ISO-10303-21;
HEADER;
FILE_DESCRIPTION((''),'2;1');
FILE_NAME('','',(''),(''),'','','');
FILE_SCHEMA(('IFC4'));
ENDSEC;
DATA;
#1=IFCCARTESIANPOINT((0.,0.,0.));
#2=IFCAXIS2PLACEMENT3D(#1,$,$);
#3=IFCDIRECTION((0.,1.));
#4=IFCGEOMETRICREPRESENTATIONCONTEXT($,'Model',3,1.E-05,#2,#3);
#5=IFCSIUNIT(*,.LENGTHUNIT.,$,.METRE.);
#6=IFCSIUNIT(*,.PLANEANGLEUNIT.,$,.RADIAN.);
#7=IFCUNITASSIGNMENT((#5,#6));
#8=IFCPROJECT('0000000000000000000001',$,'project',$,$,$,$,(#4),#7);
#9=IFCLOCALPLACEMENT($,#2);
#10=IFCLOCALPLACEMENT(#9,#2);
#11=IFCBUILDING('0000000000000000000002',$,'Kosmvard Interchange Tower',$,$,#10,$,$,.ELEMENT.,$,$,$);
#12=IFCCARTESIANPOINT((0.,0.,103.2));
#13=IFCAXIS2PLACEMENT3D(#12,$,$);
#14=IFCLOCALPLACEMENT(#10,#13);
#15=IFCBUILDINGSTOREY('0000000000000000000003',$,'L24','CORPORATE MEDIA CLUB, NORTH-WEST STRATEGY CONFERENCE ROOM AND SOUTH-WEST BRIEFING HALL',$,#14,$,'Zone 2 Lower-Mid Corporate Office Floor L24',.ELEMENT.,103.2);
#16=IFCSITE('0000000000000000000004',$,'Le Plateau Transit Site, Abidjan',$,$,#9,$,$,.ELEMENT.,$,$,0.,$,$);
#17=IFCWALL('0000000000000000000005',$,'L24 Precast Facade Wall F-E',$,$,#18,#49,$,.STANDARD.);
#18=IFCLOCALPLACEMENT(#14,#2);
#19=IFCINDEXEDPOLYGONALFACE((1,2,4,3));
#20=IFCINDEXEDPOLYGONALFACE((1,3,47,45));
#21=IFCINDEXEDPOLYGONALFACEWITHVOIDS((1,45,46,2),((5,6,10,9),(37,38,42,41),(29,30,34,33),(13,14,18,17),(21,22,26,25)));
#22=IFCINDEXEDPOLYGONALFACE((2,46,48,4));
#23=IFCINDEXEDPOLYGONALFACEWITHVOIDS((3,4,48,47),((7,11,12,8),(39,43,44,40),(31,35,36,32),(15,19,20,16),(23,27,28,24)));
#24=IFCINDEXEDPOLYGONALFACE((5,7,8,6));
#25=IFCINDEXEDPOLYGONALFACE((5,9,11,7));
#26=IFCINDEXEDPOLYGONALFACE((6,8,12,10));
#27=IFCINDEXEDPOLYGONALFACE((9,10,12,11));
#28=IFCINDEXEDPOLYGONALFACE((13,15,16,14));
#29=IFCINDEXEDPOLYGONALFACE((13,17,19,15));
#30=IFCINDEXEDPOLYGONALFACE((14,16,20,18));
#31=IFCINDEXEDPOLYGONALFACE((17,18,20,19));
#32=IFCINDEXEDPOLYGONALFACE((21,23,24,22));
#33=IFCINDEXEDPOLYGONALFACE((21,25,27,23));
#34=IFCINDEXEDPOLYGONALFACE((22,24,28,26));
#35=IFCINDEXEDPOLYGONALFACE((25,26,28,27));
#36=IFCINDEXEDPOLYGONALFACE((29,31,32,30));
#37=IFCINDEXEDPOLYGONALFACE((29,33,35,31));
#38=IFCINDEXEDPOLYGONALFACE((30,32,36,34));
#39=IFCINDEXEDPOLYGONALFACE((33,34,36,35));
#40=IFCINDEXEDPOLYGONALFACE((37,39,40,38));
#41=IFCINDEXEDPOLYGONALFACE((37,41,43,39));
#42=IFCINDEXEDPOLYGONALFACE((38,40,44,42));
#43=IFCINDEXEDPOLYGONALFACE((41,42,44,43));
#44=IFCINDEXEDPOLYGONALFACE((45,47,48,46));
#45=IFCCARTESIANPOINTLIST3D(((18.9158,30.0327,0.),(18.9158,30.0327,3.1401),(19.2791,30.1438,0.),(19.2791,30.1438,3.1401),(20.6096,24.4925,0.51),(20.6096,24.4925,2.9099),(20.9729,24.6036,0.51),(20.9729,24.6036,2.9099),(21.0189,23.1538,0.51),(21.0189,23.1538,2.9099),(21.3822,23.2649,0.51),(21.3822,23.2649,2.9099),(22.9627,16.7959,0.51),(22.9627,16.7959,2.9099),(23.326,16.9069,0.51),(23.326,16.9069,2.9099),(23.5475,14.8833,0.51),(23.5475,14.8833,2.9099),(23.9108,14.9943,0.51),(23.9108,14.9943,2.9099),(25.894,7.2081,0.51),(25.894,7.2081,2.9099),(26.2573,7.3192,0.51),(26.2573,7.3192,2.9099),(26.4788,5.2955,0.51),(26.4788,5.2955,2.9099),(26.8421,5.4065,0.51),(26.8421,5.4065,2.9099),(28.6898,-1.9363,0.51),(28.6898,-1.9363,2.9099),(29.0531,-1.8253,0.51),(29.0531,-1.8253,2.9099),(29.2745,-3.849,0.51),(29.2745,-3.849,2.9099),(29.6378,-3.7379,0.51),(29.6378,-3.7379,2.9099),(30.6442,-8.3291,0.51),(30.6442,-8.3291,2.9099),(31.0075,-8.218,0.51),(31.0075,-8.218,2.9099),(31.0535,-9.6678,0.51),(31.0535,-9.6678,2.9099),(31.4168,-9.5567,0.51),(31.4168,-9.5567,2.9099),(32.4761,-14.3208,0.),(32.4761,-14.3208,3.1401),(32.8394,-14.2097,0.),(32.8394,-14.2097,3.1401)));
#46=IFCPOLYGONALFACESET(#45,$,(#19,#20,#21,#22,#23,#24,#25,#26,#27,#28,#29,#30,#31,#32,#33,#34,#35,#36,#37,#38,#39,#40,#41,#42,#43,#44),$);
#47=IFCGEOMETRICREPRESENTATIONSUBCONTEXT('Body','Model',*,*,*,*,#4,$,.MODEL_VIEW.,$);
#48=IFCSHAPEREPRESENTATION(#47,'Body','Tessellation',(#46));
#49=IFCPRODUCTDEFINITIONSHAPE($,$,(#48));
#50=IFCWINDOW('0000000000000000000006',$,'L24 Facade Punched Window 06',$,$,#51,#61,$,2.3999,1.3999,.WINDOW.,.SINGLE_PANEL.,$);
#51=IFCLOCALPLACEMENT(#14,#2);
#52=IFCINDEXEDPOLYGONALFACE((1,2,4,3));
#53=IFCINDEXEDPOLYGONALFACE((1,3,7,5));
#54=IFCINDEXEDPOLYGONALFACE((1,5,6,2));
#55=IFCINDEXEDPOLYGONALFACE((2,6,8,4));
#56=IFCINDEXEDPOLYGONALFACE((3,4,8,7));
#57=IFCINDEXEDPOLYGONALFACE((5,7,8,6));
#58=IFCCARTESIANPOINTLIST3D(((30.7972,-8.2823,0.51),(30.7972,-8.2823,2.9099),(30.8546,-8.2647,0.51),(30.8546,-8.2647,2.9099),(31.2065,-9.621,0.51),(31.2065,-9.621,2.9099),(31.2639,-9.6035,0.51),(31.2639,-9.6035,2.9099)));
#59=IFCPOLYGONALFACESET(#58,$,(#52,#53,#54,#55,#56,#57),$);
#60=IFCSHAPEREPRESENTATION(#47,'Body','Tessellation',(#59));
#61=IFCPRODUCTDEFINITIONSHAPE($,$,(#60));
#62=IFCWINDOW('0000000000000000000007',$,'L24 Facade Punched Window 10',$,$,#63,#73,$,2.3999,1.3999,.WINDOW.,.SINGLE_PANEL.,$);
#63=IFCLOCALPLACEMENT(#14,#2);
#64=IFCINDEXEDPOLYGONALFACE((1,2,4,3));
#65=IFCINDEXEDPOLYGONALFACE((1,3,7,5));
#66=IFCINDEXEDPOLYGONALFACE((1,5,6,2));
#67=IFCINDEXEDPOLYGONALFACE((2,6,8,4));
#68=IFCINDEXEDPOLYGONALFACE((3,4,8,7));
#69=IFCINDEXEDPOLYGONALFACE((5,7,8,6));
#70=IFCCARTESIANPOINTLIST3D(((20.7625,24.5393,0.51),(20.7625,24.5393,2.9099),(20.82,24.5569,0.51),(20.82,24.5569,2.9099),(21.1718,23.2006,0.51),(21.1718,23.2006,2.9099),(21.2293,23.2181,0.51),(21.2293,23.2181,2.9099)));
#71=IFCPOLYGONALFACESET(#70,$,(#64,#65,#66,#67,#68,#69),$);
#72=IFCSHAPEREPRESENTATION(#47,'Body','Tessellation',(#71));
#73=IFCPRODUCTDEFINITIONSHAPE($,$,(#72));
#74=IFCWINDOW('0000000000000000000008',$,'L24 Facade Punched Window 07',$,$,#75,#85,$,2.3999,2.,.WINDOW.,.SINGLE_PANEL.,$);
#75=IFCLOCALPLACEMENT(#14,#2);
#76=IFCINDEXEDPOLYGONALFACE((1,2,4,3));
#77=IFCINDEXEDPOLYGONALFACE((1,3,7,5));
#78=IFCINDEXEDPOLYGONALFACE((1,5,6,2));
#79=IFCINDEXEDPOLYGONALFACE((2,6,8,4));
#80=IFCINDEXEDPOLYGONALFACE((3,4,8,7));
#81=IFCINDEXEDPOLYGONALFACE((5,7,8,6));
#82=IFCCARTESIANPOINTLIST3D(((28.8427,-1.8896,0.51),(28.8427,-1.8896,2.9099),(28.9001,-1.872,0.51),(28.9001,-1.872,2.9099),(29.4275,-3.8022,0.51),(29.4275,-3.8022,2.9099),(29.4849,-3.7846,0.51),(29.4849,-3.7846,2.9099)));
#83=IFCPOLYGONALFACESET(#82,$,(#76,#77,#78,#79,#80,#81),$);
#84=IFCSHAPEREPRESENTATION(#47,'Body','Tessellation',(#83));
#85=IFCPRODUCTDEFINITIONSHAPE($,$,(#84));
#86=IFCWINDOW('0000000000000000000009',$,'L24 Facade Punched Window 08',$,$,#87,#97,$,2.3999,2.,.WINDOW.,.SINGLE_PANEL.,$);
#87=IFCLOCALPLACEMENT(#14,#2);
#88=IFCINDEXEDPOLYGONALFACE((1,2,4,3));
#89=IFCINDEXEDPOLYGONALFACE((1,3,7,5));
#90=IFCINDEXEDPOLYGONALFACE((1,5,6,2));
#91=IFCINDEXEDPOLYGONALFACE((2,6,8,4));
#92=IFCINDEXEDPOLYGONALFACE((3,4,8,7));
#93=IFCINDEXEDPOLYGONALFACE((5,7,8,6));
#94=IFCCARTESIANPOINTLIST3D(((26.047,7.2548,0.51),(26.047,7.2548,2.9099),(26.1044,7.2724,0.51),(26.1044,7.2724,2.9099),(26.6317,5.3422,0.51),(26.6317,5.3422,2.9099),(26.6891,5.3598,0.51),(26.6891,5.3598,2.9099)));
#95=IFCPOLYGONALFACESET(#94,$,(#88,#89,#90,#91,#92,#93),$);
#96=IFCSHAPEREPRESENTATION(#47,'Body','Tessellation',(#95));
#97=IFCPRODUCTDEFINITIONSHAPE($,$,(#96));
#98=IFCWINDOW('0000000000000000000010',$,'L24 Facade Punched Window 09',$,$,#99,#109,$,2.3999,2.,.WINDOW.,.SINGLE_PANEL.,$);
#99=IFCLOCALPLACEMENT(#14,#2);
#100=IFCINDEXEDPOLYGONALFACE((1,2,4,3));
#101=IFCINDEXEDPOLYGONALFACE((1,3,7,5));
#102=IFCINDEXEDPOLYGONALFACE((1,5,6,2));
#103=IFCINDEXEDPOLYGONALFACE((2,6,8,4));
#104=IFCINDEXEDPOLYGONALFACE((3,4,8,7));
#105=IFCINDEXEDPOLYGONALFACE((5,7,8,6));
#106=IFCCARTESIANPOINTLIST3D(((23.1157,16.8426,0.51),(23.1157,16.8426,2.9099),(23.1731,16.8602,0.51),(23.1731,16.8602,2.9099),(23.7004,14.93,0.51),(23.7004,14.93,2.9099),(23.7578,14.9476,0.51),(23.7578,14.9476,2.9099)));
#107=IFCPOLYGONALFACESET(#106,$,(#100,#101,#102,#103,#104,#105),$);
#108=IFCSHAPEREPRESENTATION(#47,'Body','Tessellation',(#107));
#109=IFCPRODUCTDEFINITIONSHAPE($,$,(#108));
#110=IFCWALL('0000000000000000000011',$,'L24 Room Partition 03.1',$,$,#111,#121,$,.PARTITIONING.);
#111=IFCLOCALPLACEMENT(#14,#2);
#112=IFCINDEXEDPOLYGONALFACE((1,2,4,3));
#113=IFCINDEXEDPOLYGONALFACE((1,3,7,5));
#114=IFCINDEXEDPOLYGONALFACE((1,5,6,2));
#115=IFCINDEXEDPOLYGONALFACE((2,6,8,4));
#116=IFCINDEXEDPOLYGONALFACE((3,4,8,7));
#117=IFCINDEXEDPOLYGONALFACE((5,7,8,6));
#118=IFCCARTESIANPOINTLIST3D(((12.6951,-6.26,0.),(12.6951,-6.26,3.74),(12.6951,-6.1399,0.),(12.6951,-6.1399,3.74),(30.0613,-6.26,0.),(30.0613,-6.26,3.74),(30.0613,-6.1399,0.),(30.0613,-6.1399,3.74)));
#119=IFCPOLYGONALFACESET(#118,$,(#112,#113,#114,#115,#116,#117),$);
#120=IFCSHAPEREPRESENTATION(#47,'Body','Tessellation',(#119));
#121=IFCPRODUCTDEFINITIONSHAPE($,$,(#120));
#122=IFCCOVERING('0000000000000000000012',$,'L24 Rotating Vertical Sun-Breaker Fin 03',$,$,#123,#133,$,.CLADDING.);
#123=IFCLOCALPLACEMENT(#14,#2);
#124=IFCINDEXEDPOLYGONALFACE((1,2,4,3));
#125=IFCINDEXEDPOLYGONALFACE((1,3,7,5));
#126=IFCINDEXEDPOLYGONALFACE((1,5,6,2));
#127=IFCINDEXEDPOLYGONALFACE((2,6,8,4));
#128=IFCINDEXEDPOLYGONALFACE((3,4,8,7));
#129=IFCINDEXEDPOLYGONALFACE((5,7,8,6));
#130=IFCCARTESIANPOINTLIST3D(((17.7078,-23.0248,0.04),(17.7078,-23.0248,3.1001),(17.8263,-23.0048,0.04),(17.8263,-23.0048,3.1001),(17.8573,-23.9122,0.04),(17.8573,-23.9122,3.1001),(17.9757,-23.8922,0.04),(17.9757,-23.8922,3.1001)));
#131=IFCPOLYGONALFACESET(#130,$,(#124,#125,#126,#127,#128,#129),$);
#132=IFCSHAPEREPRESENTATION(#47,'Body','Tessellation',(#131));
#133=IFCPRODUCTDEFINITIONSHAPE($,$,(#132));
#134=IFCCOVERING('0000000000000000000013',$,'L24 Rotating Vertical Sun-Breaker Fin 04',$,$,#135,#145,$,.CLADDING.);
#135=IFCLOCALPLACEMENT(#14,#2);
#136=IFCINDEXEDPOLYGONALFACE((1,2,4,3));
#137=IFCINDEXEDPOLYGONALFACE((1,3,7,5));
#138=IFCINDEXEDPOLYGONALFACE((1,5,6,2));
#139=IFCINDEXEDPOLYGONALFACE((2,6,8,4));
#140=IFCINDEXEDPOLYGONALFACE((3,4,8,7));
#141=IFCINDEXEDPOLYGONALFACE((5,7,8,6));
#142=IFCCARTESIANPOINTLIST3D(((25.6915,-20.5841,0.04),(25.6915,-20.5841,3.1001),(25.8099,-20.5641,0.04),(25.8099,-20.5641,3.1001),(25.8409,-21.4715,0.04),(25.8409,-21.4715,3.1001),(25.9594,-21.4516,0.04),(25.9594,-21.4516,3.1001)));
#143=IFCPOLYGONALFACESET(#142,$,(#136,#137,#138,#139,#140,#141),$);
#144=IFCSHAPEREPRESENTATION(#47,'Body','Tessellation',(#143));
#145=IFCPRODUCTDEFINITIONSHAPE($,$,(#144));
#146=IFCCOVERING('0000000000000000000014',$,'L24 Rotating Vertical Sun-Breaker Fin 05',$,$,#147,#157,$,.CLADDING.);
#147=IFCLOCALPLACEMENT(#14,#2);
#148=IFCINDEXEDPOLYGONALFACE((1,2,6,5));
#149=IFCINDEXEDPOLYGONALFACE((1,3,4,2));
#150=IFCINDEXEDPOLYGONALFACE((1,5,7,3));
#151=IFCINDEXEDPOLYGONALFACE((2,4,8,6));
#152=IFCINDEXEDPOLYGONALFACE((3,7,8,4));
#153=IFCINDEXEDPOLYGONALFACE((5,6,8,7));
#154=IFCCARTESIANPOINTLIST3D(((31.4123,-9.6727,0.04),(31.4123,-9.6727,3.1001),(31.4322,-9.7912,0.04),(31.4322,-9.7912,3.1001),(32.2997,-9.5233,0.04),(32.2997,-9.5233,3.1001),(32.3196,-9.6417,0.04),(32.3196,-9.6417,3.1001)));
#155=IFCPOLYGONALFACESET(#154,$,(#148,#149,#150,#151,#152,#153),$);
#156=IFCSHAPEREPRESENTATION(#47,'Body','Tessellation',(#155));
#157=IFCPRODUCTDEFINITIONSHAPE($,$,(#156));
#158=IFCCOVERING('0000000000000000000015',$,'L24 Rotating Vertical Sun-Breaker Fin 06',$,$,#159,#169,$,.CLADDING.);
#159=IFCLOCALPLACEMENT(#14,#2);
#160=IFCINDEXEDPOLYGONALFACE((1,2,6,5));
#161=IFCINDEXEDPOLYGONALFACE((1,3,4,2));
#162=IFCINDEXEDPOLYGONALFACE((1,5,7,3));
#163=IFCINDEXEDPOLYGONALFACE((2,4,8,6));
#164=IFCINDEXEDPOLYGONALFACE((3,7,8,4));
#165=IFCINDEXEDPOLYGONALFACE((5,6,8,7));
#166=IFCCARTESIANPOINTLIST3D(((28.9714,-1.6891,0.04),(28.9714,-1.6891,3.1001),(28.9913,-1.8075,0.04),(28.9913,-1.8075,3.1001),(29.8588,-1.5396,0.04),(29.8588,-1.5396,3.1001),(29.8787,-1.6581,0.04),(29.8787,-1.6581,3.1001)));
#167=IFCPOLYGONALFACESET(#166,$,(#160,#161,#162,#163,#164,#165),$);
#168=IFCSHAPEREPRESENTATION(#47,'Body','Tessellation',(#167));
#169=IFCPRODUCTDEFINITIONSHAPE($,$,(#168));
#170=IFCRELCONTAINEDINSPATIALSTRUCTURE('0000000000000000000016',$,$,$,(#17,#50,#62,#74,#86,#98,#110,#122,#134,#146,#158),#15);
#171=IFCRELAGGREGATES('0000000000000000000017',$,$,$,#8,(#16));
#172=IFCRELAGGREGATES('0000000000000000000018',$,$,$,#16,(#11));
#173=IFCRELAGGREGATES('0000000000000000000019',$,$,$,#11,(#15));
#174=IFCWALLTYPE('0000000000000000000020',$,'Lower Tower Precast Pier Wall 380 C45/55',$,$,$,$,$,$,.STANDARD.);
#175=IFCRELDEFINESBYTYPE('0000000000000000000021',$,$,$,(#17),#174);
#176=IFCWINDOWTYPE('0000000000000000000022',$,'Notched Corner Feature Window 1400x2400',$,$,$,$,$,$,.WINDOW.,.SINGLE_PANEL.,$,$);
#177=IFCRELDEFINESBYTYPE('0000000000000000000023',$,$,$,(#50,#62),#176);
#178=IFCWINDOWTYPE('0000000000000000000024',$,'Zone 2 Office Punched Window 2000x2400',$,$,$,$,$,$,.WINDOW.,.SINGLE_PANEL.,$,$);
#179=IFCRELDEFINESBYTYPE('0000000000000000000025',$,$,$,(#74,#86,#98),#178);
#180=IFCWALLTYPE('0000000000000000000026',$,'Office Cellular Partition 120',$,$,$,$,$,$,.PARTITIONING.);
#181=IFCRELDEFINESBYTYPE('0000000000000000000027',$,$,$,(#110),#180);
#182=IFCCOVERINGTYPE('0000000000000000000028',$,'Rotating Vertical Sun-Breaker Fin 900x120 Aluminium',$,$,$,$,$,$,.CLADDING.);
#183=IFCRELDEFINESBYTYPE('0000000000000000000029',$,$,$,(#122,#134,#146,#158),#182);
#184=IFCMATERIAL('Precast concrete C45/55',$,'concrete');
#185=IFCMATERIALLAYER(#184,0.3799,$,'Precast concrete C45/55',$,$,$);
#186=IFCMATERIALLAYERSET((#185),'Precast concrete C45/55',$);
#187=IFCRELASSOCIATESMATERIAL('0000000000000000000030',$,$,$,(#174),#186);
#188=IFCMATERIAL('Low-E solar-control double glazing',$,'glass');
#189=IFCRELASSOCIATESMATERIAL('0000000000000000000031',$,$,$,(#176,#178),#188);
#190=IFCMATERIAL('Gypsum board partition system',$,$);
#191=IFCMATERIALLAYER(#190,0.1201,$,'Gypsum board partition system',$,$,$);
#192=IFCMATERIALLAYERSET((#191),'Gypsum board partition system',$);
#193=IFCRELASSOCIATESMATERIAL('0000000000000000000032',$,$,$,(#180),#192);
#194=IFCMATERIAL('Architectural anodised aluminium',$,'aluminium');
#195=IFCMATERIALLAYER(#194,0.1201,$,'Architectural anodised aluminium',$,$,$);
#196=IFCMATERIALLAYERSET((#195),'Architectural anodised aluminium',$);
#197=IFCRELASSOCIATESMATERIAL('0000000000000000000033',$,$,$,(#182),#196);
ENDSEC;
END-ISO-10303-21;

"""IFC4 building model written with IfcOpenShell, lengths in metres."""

from ifc_helpers import new_model, si_unit, direction, frame, frame_2d, origin, origin_2d, place, context, subcontext, project, spatial, rectangle, extrude, source, transform, mapped, material, layer, layer_set, type_object, element, fill, save


model = new_model("IFC4")

# Units and contexts
model_context = context("Model", 3, precision=1e-05, world=origin(), true_north=direction((0.0, 1.0)))
body_context = subcontext(model_context, "Body", "Model", "MODEL_VIEW")
ifc_project = project(units=[si_unit("LENGTHUNIT", "METRE"), si_unit("PLANEANGLEUNIT", "RADIAN")], contexts=[model_context])

# Site, building, storey
site_placement = place(None, origin())
site = spatial("IfcSite", under=ifc_project, at=site_placement, Name="Le Plateau Transit Site, Abidjan", CompositionType="ELEMENT", RefElevation=0.0)
building_placement = place(site_placement, origin())
building = spatial("IfcBuilding", under=site, at=building_placement, Name="Kosmvard Interchange Tower", CompositionType="ELEMENT")
storey_placement = place(building_placement, frame((0.0, 0.0, 103.2)))
storey = spatial("IfcBuildingStorey", under=building, at=storey_placement, Name="L24", Description="CORPORATE MEDIA CLUB, NORTH-WEST STRATEGY CONFERENCE ROOM AND SOUTH-WEST BRIEFING HALL", LongName="Zone 2 Lower-Mid Corporate Office Floor L24", CompositionType="ELEMENT", Elevation=103.2)

# Shared definitions
ifc_material_1 = material(Name="Precast concrete C45/55", Category="concrete")

# Shared definitions
ifc_layer_1 = layer(ifc_material_1, 0.3799, Name="Precast concrete C45/55")
ifc_layer_set_1 = layer_set([ifc_layer_1], Name="Precast concrete C45/55")
wall_type_1 = type_object("IfcWallType", Name="Lower Tower Precast Pier Wall 380 C45/55", PredefinedType="STANDARD", material=ifc_layer_set_1)

# Shared definitions
ifc_material_2 = material(Name="Low-E solar-control double glazing", Category="glass")
window_type_1 = type_object("IfcWindowType", Name="Notched Corner Feature Window 1400x2400", PartitioningType="SINGLE_PANEL", PredefinedType="WINDOW", material=ifc_material_2)
shared_shape_1 = source(origin(), body_context, "Body", "SweptSolid", [
    extrude(rectangle(XDim=1.3999, YDim=2.3999, at=frame_2d((0.7, 1.2))), frame((0.0, 0.03, 0.0), z_axis=(0.0, -1.0, 0.0), x_axis=(1.0, 0.0, 0.0)), (0.0, 0.0, 1.0), 0.0601),
])

# Wall, openings, windows
wall_1_placement = place(storey_placement, frame((32.6577, -14.2651, 0.0), z_axis=(0.0, 0.0, 1.0), x_axis=(-0.292373, 0.956304, 0.0)))
wall_1 = element("IfcWall", 1, at=wall_1_placement, inside=storey, type_object=wall_type_1, Name="L24 Precast Facade Wall F-E", PredefinedType="STANDARD", context=body_context, shape_type="SweptSolid", body=[
    extrude(rectangle(XDim=46.3801, YDim=0.3799, at=frame_2d((23.1899, 0.0))), origin(), (0.0, 0.0, 1.0), 3.1401),
])
opening_1_placement = place(wall_1_placement, frame((4.8655, 0.0, 0.51)))
opening_1 = element("IfcOpeningElement", 2, at=opening_1_placement, cuts=wall_1, PredefinedType="OPENING", context=body_context, shape_type="SweptSolid", body=[
    extrude(rectangle(XDim=1.3999, YDim=2.3999, at=frame_2d((0.7, 1.2))), frame((0.0, 0.2, 0.0), z_axis=(0.0, -1.0, 0.0), x_axis=(1.0, 0.0, 0.0)), (0.0, 0.0, 1.0), 0.3999),
])
opening_2_placement = place(wall_1_placement, frame((10.9502, 0.0, 0.51)))
opening_2 = element("IfcOpeningElement", 3, at=opening_2_placement, cuts=wall_1, PredefinedType="OPENING", context=body_context, shape_type="SweptSolid", body=[
    extrude(rectangle(XDim=2.0, YDim=2.3999, at=frame_2d((1.0, 1.2))), frame((0.0, 0.2, 0.0), z_axis=(0.0, -1.0, 0.0), x_axis=(1.0, 0.0, 0.0)), (0.0, 0.0, 1.0), 0.3999),
])
opening_3_placement = place(wall_1_placement, frame((20.5125, 0.0, 0.51)))
opening_3 = element("IfcOpeningElement", 4, at=opening_3_placement, cuts=wall_1, PredefinedType="OPENING", context=body_context, shape_type="SweptSolid", body=[
    extrude(rectangle(XDim=2.0, YDim=2.3999, at=frame_2d((1.0, 1.2))), frame((0.0, 0.2, 0.0), z_axis=(0.0, -1.0, 0.0), x_axis=(1.0, 0.0, 0.0)), (0.0, 0.0, 1.0), 0.3999),
])
opening_4_placement = place(wall_1_placement, frame((30.5383, 0.0, 0.51)))
opening_4 = element("IfcOpeningElement", 5, at=opening_4_placement, cuts=wall_1, PredefinedType="OPENING", context=body_context, shape_type="SweptSolid", body=[
    extrude(rectangle(XDim=2.0, YDim=2.3999, at=frame_2d((1.0, 1.2))), frame((0.0, 0.2, 0.0), z_axis=(0.0, -1.0, 0.0), x_axis=(1.0, 0.0, 0.0)), (0.0, 0.0, 1.0), 0.3999),
])
opening_5_placement = place(wall_1_placement, frame((39.1868, 0.0, 0.51)))
opening_5 = element("IfcOpeningElement", 6, at=opening_5_placement, cuts=wall_1, PredefinedType="OPENING", context=body_context, shape_type="SweptSolid", body=[
    extrude(rectangle(XDim=1.3999, YDim=2.3999, at=frame_2d((0.7, 1.2))), frame((0.0, 0.2, 0.0), z_axis=(0.0, -1.0, 0.0), x_axis=(1.0, 0.0, 0.0)), (0.0, 0.0, 1.0), 0.3999),
])
window_1_placement = place(opening_1_placement, origin())
window_1 = element("IfcWindow", 7, at=window_1_placement, inside=storey, type_object=window_type_1, Name="L24 Facade Punched Window 06", OverallHeight=2.3999, OverallWidth=1.3999, PartitioningType="SINGLE_PANEL", PredefinedType="WINDOW", context=body_context, shape_type="MappedRepresentation", body=[
    mapped(shared_shape_1, transform((0.0, 0.0, 0.0), scale=1.0)),
])
fill(opening_1, window_1)
window_2_placement = place(opening_5_placement, origin())
window_2 = element("IfcWindow", 8, at=window_2_placement, inside=storey, type_object=window_type_1, Name="L24 Facade Punched Window 10", OverallHeight=2.3999, OverallWidth=1.3999, PartitioningType="SINGLE_PANEL", PredefinedType="WINDOW", context=body_context, shape_type="MappedRepresentation", body=[
    mapped(shared_shape_1, transform((0.0, 0.0, 0.0), scale=1.0)),
])
fill(opening_5, window_2)
window_type_2 = type_object("IfcWindowType", Name="Zone 2 Office Punched Window 2000x2400", PartitioningType="SINGLE_PANEL", PredefinedType="WINDOW", material=ifc_material_2)
shared_shape_2 = source(origin(), body_context, "Body", "SweptSolid", [
    extrude(rectangle(XDim=2.0, YDim=2.3999, at=frame_2d((1.0, 1.2))), frame((0.0, 0.03, 0.0), z_axis=(0.0, -1.0, 0.0), x_axis=(1.0, 0.0, 0.0)), (0.0, 0.0, 1.0), 0.0601),
])
window_3_placement = place(opening_2_placement, origin())
window_3 = element("IfcWindow", 9, at=window_3_placement, inside=storey, type_object=window_type_2, Name="L24 Facade Punched Window 07", OverallHeight=2.3999, OverallWidth=2.0, PartitioningType="SINGLE_PANEL", PredefinedType="WINDOW", context=body_context, shape_type="MappedRepresentation", body=[
    mapped(shared_shape_2, transform((0.0, 0.0, 0.0), scale=1.0)),
])
fill(opening_2, window_3)
window_4_placement = place(opening_3_placement, origin())
window_4 = element("IfcWindow", 10, at=window_4_placement, inside=storey, type_object=window_type_2, Name="L24 Facade Punched Window 08", OverallHeight=2.3999, OverallWidth=2.0, PartitioningType="SINGLE_PANEL", PredefinedType="WINDOW", context=body_context, shape_type="MappedRepresentation", body=[
    mapped(shared_shape_2, transform((0.0, 0.0, 0.0), scale=1.0)),
])
fill(opening_3, window_4)
window_5_placement = place(opening_4_placement, origin())
window_5 = element("IfcWindow", 11, at=window_5_placement, inside=storey, type_object=window_type_2, Name="L24 Facade Punched Window 09", OverallHeight=2.3999, OverallWidth=2.0, PartitioningType="SINGLE_PANEL", PredefinedType="WINDOW", context=body_context, shape_type="MappedRepresentation", body=[
    mapped(shared_shape_2, transform((0.0, 0.0, 0.0), scale=1.0)),
])
fill(opening_4, window_5)

# Wall
ifc_material_3 = material(Name="Gypsum board partition system")
ifc_layer_2 = layer(ifc_material_3, 0.1201, Name="Gypsum board partition system")
ifc_layer_set_2 = layer_set([ifc_layer_2], Name="Gypsum board partition system")
wall_type_2 = type_object("IfcWallType", Name="Office Cellular Partition 120", PredefinedType="PARTITIONING", material=ifc_layer_set_2)
wall_2_placement = place(storey_placement, frame((12.6951, -6.2, 0.0), z_axis=(0.0, 0.0, 1.0), x_axis=(1.0, 0.0, 0.0)))
element("IfcWall", 12, at=wall_2_placement, inside=storey, type_object=wall_type_2, Name="L24 Room Partition 03.1", PredefinedType="PARTITIONING", context=body_context, shape_type="SweptSolid", body=[
    extrude(rectangle(XDim=17.3662, YDim=0.1201, at=frame_2d((8.6831, 0.0))), origin(), (0.0, 0.0, 1.0), 3.74),
])

# Coverings
ifc_material_4 = material(Name="Architectural anodised aluminium", Category="aluminium")
ifc_layer_3 = layer(ifc_material_4, 0.1201, Name="Architectural anodised aluminium")
ifc_layer_set_3 = layer_set([ifc_layer_3], Name="Architectural anodised aluminium")
covering_type = type_object("IfcCoveringType", Name="Rotating Vertical Sun-Breaker Fin 900x120 Aluminium", PredefinedType="CLADDING", material=ifc_layer_set_3)
shared_shape_3 = source(origin(), body_context, "Body", "SweptSolid", [
    extrude(rectangle(XDim=0.8999, YDim=0.1201, at=origin_2d()), origin(), (0.0, 0.0, 1.0), 3.0601),
])
for number, where, z_axis, x_axis, name in (
    (13, (17.8418, -23.4585, 0.04), (0.0, 0.0, 1.0), (0.16608, -0.986112, 0.0), "L24 Rotating Vertical Sun-Breaker Fin 03"),
    (14, (25.8254, -21.0178, 0.04), (0.0, 0.0, 1.0), (0.16608, -0.986112, 0.0), "L24 Rotating Vertical Sun-Breaker Fin 04"),
    (15, (31.866, -9.6572, 0.04), (0.0, 0.0, 1.0), (0.986112, 0.16608, 0.0), "L24 Rotating Vertical Sun-Breaker Fin 05"),
    (16, (29.425, -1.6736, 0.04), (0.0, 0.0, 1.0), (0.986112, 0.16608, 0.0), "L24 Rotating Vertical Sun-Breaker Fin 06"),
):
    element("IfcCovering", number, at=place(storey_placement, frame(where, z_axis=z_axis, x_axis=x_axis)), inside=storey, type_object=covering_type, Name=name, PredefinedType="CLADDING", context=body_context, shape_type="MappedRepresentation", body=[
        mapped(shared_shape_3, transform((0.0, 0.0, 0.0), scale=1.0)),
    ])

save(model, "model.ifc")
